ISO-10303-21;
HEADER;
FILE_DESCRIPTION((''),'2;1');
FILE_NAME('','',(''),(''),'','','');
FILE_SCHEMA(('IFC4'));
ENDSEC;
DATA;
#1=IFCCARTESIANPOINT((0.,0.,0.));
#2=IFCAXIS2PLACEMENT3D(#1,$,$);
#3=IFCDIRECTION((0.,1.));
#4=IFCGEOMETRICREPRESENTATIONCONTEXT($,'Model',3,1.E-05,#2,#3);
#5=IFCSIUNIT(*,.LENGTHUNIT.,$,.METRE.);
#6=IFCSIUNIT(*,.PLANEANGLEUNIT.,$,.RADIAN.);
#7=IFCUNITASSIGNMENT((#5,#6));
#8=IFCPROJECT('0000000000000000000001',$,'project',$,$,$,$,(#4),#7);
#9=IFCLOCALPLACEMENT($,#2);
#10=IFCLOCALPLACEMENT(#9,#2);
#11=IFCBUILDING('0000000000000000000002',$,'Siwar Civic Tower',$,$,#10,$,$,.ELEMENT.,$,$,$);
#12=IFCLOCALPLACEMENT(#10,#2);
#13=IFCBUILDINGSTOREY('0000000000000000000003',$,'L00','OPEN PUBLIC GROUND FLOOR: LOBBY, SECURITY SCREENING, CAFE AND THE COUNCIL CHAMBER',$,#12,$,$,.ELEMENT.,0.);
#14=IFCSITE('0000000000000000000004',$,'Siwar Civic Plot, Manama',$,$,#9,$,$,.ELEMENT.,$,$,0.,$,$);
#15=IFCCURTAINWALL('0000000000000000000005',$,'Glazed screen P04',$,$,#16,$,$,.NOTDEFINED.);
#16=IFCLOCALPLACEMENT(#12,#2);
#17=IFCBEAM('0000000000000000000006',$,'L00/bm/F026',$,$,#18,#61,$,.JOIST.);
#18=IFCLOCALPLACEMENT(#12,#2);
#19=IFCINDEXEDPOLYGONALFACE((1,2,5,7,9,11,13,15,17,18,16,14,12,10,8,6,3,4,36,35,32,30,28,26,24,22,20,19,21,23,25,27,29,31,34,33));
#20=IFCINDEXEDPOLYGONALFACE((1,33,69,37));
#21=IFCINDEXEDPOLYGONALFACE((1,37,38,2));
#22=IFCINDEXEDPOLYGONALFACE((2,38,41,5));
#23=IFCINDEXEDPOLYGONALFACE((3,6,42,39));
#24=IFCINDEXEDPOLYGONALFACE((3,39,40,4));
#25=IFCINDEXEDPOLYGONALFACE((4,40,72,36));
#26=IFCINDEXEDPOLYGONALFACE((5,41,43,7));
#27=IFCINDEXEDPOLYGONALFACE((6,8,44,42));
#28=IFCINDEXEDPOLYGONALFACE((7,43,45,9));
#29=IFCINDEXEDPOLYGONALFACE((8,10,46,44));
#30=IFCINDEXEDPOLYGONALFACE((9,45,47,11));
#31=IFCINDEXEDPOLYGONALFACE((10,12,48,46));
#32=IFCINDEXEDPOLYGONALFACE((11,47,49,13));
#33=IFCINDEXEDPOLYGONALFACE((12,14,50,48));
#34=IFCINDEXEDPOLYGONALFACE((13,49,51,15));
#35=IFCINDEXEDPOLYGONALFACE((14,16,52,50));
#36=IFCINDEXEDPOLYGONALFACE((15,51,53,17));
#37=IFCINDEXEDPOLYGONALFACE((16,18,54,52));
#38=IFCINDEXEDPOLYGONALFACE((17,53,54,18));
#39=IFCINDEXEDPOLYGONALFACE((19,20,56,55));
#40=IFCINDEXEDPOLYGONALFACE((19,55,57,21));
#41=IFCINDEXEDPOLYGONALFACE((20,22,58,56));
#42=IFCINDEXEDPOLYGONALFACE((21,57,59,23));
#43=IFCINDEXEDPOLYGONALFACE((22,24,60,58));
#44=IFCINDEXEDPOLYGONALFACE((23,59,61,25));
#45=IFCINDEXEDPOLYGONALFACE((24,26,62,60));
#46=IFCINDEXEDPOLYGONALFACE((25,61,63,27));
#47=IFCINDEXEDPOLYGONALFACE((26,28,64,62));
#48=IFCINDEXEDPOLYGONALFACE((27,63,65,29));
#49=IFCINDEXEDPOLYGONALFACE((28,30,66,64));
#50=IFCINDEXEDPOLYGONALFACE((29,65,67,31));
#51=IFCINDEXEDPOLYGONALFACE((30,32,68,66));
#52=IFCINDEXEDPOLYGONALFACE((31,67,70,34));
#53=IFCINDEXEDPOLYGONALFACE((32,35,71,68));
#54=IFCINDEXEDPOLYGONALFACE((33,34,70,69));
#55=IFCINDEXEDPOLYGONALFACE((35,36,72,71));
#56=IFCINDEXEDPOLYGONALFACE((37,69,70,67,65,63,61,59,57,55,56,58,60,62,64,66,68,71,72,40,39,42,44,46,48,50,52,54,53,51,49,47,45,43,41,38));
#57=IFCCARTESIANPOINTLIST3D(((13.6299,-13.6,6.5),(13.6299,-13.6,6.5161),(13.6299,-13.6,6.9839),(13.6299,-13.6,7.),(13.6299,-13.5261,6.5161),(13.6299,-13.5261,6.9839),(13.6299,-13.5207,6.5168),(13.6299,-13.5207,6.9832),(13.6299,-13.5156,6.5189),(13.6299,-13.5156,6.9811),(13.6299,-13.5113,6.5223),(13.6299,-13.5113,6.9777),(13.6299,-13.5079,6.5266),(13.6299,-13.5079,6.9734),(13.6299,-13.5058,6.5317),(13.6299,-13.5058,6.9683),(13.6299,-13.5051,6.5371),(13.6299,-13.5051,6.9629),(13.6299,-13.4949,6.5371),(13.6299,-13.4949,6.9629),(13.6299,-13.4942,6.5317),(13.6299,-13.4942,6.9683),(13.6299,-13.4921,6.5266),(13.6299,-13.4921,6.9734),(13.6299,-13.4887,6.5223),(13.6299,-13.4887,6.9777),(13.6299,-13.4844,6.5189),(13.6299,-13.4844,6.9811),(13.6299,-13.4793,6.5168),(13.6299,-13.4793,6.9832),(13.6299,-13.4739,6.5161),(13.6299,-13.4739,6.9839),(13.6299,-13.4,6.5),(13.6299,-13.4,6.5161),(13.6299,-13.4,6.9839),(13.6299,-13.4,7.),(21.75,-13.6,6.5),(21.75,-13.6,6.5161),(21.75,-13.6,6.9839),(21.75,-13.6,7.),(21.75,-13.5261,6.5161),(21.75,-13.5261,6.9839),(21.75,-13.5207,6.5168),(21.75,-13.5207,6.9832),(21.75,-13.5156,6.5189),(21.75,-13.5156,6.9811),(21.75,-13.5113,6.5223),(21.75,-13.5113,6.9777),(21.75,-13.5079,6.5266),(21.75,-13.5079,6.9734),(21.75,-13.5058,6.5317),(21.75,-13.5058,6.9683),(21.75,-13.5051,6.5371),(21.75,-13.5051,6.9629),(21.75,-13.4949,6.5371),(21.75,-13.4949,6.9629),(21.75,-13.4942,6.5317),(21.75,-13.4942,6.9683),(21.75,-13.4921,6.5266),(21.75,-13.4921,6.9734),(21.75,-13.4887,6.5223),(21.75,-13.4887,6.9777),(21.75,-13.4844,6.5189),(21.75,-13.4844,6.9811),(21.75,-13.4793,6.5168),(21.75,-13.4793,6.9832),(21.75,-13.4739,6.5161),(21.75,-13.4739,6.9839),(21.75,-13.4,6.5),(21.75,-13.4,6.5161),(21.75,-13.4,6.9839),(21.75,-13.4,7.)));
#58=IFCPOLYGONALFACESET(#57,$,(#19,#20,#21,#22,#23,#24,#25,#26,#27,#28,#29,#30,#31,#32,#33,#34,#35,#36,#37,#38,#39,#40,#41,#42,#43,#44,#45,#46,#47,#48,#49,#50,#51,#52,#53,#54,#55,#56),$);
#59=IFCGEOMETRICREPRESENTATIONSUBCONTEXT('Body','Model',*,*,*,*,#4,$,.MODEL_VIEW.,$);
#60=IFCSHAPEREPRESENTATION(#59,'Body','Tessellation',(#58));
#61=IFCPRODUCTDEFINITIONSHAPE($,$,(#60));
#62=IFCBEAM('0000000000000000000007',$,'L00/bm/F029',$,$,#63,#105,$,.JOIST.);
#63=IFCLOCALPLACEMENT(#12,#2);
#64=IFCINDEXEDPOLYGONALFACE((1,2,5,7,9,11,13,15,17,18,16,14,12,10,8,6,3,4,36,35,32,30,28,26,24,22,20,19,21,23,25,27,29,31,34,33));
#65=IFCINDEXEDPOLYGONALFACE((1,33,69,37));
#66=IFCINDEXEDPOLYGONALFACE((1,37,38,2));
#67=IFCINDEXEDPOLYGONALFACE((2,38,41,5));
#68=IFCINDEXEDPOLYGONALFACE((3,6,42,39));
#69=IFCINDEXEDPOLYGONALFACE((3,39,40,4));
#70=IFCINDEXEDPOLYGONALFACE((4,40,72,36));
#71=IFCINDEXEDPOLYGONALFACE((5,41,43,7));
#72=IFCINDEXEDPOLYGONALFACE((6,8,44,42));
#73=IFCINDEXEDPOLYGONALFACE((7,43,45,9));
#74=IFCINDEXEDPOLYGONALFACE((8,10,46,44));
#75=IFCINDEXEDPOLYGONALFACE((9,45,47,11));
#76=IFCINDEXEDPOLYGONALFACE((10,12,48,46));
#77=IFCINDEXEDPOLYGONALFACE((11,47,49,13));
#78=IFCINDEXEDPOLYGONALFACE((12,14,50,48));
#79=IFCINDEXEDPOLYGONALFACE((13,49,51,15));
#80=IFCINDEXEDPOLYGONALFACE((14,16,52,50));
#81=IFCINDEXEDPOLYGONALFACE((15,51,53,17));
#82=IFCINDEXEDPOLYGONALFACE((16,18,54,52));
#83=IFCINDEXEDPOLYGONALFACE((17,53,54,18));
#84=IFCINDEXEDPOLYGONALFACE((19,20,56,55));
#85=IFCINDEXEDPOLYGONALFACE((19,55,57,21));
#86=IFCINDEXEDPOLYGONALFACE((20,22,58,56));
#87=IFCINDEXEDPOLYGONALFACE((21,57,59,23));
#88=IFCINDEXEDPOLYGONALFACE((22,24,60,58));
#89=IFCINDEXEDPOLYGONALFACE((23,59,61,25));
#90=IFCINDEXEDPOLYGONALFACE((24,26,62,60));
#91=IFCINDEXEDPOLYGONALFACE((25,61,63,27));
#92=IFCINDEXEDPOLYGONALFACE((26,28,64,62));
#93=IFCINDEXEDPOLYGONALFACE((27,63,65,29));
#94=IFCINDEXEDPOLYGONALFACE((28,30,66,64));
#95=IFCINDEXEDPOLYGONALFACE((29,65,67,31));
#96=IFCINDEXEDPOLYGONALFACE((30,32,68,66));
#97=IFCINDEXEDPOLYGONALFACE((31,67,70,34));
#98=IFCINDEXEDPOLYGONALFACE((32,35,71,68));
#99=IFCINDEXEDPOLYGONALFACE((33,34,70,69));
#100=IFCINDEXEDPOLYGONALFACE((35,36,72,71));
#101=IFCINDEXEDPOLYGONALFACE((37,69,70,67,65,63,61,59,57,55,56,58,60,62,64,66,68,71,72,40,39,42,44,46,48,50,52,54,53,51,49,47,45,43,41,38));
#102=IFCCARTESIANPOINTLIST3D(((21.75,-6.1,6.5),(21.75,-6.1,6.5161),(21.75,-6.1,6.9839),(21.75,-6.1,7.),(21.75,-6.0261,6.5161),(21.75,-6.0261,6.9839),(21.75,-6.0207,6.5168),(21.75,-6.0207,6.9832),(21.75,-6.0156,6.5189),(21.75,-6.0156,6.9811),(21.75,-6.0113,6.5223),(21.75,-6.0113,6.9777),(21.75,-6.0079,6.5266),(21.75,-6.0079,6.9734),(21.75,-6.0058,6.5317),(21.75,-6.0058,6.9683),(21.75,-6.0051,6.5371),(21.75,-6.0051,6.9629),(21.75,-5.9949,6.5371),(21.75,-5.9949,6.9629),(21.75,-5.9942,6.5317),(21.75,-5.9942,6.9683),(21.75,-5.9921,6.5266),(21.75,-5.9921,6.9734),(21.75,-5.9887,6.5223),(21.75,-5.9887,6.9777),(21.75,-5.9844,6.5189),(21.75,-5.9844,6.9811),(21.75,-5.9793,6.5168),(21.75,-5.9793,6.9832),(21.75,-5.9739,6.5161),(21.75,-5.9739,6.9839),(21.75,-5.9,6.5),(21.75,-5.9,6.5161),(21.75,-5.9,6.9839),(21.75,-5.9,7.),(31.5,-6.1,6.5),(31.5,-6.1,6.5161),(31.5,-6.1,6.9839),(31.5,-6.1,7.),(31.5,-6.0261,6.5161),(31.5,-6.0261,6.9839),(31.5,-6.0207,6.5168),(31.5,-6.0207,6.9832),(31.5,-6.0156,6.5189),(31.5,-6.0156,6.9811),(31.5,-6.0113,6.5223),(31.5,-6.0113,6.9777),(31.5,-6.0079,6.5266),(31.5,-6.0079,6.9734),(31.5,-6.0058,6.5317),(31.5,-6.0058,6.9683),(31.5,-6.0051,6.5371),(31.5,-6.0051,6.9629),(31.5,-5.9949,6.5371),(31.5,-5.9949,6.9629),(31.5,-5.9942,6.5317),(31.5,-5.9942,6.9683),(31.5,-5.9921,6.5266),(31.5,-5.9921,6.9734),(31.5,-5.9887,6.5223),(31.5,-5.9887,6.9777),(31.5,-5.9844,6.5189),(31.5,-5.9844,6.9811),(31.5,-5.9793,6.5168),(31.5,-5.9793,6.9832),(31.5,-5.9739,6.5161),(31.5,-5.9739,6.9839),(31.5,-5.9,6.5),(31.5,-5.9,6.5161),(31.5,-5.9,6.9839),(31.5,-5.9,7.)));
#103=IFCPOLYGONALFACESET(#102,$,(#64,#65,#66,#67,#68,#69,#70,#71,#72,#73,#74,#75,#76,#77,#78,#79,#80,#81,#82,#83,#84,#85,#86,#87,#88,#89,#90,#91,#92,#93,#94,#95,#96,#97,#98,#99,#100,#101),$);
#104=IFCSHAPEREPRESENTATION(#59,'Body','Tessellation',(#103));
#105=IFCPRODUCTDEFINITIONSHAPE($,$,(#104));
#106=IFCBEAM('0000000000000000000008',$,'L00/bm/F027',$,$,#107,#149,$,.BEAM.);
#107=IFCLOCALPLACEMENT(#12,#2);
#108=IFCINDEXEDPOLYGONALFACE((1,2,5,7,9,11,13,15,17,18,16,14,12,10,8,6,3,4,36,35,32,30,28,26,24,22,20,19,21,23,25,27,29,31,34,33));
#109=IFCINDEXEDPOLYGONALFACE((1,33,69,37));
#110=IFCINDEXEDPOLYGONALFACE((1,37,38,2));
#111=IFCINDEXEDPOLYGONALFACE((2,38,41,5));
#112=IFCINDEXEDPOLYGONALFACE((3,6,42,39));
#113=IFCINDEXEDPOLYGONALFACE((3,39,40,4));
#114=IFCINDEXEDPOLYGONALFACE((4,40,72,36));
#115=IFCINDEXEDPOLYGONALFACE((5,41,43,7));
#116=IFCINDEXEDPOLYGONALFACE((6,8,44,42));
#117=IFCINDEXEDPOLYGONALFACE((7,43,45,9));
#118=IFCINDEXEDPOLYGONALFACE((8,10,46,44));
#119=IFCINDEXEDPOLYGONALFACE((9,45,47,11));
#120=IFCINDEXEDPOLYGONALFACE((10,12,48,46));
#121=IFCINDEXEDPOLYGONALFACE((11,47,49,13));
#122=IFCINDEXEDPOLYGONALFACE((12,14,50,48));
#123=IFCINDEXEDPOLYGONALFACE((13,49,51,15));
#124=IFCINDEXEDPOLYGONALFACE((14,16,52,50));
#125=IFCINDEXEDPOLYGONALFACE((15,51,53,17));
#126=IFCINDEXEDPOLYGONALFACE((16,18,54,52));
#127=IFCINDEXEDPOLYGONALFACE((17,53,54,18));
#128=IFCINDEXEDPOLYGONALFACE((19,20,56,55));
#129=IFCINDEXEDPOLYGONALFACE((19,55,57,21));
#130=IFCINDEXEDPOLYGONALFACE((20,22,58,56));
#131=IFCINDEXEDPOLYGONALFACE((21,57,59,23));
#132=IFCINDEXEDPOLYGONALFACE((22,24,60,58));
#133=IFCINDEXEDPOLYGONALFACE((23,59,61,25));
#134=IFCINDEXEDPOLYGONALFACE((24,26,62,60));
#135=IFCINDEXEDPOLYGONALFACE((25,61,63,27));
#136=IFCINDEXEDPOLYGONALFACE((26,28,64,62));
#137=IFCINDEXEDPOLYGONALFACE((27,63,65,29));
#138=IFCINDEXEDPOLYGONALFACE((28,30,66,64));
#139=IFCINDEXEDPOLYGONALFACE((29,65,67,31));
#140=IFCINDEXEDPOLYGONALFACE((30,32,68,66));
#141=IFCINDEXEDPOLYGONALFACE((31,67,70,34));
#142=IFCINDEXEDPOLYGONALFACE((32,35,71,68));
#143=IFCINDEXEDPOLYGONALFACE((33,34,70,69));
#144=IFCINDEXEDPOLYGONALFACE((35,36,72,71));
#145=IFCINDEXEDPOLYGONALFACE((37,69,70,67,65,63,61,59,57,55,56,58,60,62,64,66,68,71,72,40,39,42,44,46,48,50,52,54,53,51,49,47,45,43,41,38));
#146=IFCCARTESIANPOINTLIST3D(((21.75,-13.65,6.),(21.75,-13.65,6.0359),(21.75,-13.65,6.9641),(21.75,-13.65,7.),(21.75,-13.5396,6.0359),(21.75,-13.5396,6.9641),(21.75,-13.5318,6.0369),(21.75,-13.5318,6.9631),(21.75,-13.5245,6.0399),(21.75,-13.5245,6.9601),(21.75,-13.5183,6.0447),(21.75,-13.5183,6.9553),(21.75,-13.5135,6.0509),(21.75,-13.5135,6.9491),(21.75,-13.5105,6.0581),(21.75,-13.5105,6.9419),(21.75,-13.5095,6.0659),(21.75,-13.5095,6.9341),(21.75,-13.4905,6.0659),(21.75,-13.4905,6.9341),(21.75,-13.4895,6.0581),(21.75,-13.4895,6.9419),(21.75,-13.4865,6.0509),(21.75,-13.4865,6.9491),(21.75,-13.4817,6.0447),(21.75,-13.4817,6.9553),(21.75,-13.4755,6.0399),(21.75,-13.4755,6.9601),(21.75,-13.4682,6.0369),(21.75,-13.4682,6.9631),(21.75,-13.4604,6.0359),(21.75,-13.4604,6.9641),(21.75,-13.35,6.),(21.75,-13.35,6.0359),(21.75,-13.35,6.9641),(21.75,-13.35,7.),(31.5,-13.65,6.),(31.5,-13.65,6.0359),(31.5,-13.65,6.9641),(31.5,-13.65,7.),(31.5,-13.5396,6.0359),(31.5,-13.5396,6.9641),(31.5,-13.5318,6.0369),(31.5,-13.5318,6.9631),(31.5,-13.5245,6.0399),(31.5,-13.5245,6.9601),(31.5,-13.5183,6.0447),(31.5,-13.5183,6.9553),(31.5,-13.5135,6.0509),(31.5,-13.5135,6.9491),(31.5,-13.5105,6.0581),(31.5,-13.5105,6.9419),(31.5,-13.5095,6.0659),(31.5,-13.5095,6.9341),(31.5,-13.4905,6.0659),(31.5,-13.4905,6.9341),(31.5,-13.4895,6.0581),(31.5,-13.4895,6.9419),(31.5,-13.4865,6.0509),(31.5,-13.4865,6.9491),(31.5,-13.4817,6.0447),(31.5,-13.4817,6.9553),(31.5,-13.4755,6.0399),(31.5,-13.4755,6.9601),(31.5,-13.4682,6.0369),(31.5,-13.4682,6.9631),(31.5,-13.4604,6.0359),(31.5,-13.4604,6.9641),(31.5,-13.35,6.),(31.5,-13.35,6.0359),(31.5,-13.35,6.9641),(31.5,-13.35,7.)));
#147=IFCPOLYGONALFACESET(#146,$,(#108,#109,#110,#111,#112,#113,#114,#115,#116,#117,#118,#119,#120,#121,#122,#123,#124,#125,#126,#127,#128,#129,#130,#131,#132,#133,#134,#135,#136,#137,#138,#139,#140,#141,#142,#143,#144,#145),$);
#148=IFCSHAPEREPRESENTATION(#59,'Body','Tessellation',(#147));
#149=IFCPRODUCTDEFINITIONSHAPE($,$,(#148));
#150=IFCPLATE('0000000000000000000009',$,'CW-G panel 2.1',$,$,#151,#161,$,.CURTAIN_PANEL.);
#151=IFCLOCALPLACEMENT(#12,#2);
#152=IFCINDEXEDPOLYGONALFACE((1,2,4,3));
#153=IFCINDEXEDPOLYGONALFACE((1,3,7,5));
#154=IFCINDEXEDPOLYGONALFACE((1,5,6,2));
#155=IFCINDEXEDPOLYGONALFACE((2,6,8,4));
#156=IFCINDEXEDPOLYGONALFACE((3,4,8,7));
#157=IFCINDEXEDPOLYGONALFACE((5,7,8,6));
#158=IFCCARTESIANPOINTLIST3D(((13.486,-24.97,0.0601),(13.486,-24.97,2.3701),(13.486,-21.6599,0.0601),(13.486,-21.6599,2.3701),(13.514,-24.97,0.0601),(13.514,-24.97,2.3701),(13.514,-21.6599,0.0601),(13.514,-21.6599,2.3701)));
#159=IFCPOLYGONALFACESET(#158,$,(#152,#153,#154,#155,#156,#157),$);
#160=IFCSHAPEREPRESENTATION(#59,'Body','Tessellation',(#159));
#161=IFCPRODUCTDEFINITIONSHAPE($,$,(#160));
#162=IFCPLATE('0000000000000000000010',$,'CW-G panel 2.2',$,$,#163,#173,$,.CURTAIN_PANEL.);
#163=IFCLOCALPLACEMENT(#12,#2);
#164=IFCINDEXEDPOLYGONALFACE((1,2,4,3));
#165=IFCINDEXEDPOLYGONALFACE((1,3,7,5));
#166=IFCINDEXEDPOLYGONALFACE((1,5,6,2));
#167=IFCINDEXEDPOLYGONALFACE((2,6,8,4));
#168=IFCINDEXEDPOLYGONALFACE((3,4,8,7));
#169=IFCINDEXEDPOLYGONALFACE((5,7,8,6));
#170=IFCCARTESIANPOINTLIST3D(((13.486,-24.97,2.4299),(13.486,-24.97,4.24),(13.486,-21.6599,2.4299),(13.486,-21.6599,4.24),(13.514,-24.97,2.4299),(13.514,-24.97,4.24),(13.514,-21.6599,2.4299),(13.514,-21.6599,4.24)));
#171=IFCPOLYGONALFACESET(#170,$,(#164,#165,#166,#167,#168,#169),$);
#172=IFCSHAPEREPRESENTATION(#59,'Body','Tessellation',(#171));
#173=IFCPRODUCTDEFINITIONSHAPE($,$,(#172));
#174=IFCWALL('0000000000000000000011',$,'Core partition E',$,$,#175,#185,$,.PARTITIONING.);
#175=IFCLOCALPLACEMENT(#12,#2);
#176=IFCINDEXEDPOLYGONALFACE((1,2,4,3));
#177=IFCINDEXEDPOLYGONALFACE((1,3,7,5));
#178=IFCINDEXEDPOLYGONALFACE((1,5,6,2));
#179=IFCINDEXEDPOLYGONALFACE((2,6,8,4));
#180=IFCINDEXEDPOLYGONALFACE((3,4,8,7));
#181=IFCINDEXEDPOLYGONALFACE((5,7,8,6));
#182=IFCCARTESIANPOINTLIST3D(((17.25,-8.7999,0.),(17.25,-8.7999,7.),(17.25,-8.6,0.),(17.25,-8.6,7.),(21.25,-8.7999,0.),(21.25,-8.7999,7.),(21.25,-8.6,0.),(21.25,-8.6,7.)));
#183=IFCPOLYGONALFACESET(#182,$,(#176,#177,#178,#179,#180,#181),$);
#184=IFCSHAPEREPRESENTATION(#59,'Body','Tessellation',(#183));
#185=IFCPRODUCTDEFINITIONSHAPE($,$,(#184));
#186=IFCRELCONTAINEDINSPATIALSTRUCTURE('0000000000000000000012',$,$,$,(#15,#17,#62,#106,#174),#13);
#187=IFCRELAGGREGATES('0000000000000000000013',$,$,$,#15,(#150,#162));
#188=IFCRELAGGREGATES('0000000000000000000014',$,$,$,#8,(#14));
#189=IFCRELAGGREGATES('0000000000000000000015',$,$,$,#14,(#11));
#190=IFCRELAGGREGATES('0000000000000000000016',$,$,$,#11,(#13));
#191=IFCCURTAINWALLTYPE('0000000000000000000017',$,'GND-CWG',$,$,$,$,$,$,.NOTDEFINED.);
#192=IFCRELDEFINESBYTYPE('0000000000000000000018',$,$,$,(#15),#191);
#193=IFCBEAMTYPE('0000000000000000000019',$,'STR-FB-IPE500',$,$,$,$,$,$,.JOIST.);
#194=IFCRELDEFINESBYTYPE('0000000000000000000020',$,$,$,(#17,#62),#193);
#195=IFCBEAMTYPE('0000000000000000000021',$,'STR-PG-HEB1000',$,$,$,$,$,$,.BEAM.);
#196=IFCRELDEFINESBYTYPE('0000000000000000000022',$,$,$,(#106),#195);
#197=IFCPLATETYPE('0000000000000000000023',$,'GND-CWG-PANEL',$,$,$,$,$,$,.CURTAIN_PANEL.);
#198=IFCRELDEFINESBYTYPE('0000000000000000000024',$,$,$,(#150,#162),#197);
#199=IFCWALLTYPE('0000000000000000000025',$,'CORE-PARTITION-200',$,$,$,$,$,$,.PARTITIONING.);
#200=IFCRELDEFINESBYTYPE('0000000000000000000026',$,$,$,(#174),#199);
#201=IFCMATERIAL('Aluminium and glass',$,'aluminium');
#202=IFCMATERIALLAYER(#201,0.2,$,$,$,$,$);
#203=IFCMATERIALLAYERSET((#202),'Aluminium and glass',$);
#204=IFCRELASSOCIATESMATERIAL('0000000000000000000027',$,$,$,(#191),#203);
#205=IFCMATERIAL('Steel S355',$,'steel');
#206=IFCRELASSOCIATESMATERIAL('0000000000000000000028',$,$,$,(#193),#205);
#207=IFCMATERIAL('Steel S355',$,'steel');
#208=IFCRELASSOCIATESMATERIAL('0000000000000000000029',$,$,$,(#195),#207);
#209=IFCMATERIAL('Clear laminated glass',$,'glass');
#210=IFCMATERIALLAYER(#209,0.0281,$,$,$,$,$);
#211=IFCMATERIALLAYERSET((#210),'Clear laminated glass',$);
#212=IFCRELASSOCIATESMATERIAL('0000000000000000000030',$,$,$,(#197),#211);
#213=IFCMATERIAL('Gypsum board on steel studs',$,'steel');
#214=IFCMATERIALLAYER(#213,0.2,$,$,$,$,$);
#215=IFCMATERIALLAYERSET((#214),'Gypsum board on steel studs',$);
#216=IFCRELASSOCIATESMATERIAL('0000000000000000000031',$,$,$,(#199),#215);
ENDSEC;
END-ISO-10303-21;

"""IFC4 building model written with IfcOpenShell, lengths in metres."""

from ifc_helpers import new_model, si_unit, direction, frame, frame_2d, origin, origin_2d, place, context, subcontext, project, spatial, rectangle, i_section, extrude, material, layer, layer_set, material_profile, profile_set, type_object, element, aggregate, save


model = new_model("IFC4")

# Units and contexts
model_context = context("Model", 3, precision=1e-05, world=origin(), true_north=direction((0.0, 1.0)))
body_context = subcontext(model_context, "Body", "Model", "MODEL_VIEW")
ifc_project = project(units=[si_unit("LENGTHUNIT", "METRE"), si_unit("PLANEANGLEUNIT", "RADIAN")], contexts=[model_context])

# Site, building, storey
site_placement = place(None, origin())
site = spatial("IfcSite", under=ifc_project, at=site_placement, Name="Siwar Civic Plot, Manama", CompositionType="ELEMENT", RefElevation=0.0)
building_placement = place(site_placement, origin())
building = spatial("IfcBuilding", under=site, at=building_placement, Name="Siwar Civic Tower", CompositionType="ELEMENT")
storey_placement = place(building_placement, origin())
storey = spatial("IfcBuildingStorey", under=building, at=storey_placement, Name="L00", Description="OPEN PUBLIC GROUND FLOOR: LOBBY, SECURITY SCREENING, CAFE AND THE COUNCIL CHAMBER", CompositionType="ELEMENT", Elevation=0.0)

# Curtain wall
ifc_material_1 = material(Name="Aluminium and glass", Category="aluminium")
ifc_layer_1 = layer(ifc_material_1, 0.2)
ifc_layer_set_1 = layer_set([ifc_layer_1], Name="Aluminium and glass")
curtain_wall_type = type_object("IfcCurtainWallType", Name="GND-CWG", PredefinedType="NOTDEFINED", material=ifc_layer_set_1)
curtain_wall_1_placement = place(storey_placement, origin())
curtain_wall_1 = element("IfcCurtainWall", 1, at=curtain_wall_1_placement, inside=storey, type_object=curtain_wall_type, Name="Glazed screen P04", PredefinedType="NOTDEFINED")

# Beams
ifc_material_2 = material(Name="Steel S355", Category="steel")
ifc_material_profile_1 = material_profile(ifc_material_2, i_section(OverallWidth=0.2, OverallDepth=0.5, WebThickness=0.0103, FlangeThickness=0.0161, FilletRadius=0.021, at=origin_2d()), Name="IPE500")
ifc_profile_set_1 = profile_set([ifc_material_profile_1], Name="Steel S355")
beam_type_1 = type_object("IfcBeamType", Name="STR-FB-IPE500", PredefinedType="JOIST", material=ifc_profile_set_1)
beam_1_placement = place(storey_placement, frame((13.6299, -13.5, 6.75), z_axis=(1.0, 0.0, 0.0), x_axis=(0.0, 1.0, 0.0)))
element("IfcBeam", 2, at=beam_1_placement, inside=storey, type_object=beam_type_1, Name="L00/bm/F026", PredefinedType="JOIST", context=body_context, shape_type="SweptSolid", body=[
    extrude(i_section(OverallWidth=0.2, OverallDepth=0.5, WebThickness=0.0103, FlangeThickness=0.0161, FilletRadius=0.021, at=origin_2d()), origin(), (0.0, 0.0, 1.0), 8.1201),
])
beam_2_placement = place(storey_placement, frame((21.75, -6.0, 6.75), z_axis=(1.0, 0.0, 0.0), x_axis=(0.0, 1.0, 0.0)))
element("IfcBeam", 3, at=beam_2_placement, inside=storey, type_object=beam_type_1, Name="L00/bm/F029", PredefinedType="JOIST", context=body_context, shape_type="SweptSolid", body=[
    extrude(i_section(OverallWidth=0.2, OverallDepth=0.5, WebThickness=0.0103, FlangeThickness=0.0161, FilletRadius=0.021, at=origin_2d()), origin(), (0.0, 0.0, 1.0), 9.75),
])
ifc_material_3 = material(Name="Steel S355", Category="steel")
ifc_material_profile_2 = material_profile(ifc_material_3, i_section(OverallWidth=0.3, OverallDepth=1.0, WebThickness=0.019, FlangeThickness=0.0359, FilletRadius=0.03, at=origin_2d()), Name="HEB1000")
ifc_profile_set_2 = profile_set([ifc_material_profile_2], Name="Steel S355")
beam_type_2 = type_object("IfcBeamType", Name="STR-PG-HEB1000", PredefinedType="BEAM", material=ifc_profile_set_2)
beam_3_placement = place(storey_placement, frame((21.75, -13.5, 6.5), z_axis=(1.0, 0.0, 0.0), x_axis=(0.0, 1.0, 0.0)))
element("IfcBeam", 4, at=beam_3_placement, inside=storey, type_object=beam_type_2, Name="L00/bm/F027", PredefinedType="BEAM", context=body_context, shape_type="SweptSolid", body=[
    extrude(i_section(OverallWidth=0.3, OverallDepth=1.0, WebThickness=0.019, FlangeThickness=0.0359, FilletRadius=0.03, at=origin_2d()), origin(), (0.0, 0.0, 1.0), 9.75),
])

# Plates
ifc_material_4 = material(Name="Clear laminated glass", Category="glass")
ifc_layer_2 = layer(ifc_material_4, 0.0281)
ifc_layer_set_2 = layer_set([ifc_layer_2], Name="Clear laminated glass")
plate_type = type_object("IfcPlateType", Name="GND-CWG-PANEL", PredefinedType="CURTAIN_PANEL", material=ifc_layer_set_2)
plate_1_placement = place(storey_placement, frame((13.5, -23.3149, 0.0601), z_axis=(0.0, 0.0, 1.0), x_axis=(0.0, 1.0, 0.0)))
plate_1 = element("IfcPlate", 5, at=plate_1_placement, type_object=plate_type, Name="CW-G panel 2.1", PredefinedType="CURTAIN_PANEL", context=body_context, shape_type="SweptSolid", body=[
    extrude(rectangle(XDim=3.3101, YDim=0.0281, at=origin_2d()), origin(), (0.0, 0.0, 1.0), 2.3101),
])
plate_2_placement = place(storey_placement, frame((13.5, -23.3149, 2.4299), z_axis=(0.0, 0.0, 1.0), x_axis=(0.0, 1.0, 0.0)))
plate_2 = element("IfcPlate", 6, at=plate_2_placement, type_object=plate_type, Name="CW-G panel 2.2", PredefinedType="CURTAIN_PANEL", context=body_context, shape_type="SweptSolid", body=[
    extrude(rectangle(XDim=3.3101, YDim=0.0281, at=origin_2d()), origin(), (0.0, 0.0, 1.0), 1.8101),
])
aggregate(curtain_wall_1, [plate_1, plate_2])

# Wall
ifc_material_5 = material(Name="Gypsum board on steel studs", Category="steel")
ifc_layer_3 = layer(ifc_material_5, 0.2)
ifc_layer_set_3 = layer_set([ifc_layer_3], Name="Gypsum board on steel studs")
wall_type_1 = type_object("IfcWallType", Name="CORE-PARTITION-200", PredefinedType="PARTITIONING", material=ifc_layer_set_3)
wall_1_placement = place(storey_placement, frame((17.25, -8.7, 0.0), z_axis=(0.0, 0.0, 1.0), x_axis=(1.0, 0.0, 0.0)))
element("IfcWall", 7, at=wall_1_placement, inside=storey, type_object=wall_type_1, Name="Core partition E", PredefinedType="PARTITIONING", context=body_context, shape_type="SweptSolid", body=[
    extrude(rectangle(XDim=4.0, YDim=0.2, at=frame_2d((2.0, 0.0))), origin(), (0.0, 0.0, 1.0), 7.0),
])

save(model, "model.ifc")
